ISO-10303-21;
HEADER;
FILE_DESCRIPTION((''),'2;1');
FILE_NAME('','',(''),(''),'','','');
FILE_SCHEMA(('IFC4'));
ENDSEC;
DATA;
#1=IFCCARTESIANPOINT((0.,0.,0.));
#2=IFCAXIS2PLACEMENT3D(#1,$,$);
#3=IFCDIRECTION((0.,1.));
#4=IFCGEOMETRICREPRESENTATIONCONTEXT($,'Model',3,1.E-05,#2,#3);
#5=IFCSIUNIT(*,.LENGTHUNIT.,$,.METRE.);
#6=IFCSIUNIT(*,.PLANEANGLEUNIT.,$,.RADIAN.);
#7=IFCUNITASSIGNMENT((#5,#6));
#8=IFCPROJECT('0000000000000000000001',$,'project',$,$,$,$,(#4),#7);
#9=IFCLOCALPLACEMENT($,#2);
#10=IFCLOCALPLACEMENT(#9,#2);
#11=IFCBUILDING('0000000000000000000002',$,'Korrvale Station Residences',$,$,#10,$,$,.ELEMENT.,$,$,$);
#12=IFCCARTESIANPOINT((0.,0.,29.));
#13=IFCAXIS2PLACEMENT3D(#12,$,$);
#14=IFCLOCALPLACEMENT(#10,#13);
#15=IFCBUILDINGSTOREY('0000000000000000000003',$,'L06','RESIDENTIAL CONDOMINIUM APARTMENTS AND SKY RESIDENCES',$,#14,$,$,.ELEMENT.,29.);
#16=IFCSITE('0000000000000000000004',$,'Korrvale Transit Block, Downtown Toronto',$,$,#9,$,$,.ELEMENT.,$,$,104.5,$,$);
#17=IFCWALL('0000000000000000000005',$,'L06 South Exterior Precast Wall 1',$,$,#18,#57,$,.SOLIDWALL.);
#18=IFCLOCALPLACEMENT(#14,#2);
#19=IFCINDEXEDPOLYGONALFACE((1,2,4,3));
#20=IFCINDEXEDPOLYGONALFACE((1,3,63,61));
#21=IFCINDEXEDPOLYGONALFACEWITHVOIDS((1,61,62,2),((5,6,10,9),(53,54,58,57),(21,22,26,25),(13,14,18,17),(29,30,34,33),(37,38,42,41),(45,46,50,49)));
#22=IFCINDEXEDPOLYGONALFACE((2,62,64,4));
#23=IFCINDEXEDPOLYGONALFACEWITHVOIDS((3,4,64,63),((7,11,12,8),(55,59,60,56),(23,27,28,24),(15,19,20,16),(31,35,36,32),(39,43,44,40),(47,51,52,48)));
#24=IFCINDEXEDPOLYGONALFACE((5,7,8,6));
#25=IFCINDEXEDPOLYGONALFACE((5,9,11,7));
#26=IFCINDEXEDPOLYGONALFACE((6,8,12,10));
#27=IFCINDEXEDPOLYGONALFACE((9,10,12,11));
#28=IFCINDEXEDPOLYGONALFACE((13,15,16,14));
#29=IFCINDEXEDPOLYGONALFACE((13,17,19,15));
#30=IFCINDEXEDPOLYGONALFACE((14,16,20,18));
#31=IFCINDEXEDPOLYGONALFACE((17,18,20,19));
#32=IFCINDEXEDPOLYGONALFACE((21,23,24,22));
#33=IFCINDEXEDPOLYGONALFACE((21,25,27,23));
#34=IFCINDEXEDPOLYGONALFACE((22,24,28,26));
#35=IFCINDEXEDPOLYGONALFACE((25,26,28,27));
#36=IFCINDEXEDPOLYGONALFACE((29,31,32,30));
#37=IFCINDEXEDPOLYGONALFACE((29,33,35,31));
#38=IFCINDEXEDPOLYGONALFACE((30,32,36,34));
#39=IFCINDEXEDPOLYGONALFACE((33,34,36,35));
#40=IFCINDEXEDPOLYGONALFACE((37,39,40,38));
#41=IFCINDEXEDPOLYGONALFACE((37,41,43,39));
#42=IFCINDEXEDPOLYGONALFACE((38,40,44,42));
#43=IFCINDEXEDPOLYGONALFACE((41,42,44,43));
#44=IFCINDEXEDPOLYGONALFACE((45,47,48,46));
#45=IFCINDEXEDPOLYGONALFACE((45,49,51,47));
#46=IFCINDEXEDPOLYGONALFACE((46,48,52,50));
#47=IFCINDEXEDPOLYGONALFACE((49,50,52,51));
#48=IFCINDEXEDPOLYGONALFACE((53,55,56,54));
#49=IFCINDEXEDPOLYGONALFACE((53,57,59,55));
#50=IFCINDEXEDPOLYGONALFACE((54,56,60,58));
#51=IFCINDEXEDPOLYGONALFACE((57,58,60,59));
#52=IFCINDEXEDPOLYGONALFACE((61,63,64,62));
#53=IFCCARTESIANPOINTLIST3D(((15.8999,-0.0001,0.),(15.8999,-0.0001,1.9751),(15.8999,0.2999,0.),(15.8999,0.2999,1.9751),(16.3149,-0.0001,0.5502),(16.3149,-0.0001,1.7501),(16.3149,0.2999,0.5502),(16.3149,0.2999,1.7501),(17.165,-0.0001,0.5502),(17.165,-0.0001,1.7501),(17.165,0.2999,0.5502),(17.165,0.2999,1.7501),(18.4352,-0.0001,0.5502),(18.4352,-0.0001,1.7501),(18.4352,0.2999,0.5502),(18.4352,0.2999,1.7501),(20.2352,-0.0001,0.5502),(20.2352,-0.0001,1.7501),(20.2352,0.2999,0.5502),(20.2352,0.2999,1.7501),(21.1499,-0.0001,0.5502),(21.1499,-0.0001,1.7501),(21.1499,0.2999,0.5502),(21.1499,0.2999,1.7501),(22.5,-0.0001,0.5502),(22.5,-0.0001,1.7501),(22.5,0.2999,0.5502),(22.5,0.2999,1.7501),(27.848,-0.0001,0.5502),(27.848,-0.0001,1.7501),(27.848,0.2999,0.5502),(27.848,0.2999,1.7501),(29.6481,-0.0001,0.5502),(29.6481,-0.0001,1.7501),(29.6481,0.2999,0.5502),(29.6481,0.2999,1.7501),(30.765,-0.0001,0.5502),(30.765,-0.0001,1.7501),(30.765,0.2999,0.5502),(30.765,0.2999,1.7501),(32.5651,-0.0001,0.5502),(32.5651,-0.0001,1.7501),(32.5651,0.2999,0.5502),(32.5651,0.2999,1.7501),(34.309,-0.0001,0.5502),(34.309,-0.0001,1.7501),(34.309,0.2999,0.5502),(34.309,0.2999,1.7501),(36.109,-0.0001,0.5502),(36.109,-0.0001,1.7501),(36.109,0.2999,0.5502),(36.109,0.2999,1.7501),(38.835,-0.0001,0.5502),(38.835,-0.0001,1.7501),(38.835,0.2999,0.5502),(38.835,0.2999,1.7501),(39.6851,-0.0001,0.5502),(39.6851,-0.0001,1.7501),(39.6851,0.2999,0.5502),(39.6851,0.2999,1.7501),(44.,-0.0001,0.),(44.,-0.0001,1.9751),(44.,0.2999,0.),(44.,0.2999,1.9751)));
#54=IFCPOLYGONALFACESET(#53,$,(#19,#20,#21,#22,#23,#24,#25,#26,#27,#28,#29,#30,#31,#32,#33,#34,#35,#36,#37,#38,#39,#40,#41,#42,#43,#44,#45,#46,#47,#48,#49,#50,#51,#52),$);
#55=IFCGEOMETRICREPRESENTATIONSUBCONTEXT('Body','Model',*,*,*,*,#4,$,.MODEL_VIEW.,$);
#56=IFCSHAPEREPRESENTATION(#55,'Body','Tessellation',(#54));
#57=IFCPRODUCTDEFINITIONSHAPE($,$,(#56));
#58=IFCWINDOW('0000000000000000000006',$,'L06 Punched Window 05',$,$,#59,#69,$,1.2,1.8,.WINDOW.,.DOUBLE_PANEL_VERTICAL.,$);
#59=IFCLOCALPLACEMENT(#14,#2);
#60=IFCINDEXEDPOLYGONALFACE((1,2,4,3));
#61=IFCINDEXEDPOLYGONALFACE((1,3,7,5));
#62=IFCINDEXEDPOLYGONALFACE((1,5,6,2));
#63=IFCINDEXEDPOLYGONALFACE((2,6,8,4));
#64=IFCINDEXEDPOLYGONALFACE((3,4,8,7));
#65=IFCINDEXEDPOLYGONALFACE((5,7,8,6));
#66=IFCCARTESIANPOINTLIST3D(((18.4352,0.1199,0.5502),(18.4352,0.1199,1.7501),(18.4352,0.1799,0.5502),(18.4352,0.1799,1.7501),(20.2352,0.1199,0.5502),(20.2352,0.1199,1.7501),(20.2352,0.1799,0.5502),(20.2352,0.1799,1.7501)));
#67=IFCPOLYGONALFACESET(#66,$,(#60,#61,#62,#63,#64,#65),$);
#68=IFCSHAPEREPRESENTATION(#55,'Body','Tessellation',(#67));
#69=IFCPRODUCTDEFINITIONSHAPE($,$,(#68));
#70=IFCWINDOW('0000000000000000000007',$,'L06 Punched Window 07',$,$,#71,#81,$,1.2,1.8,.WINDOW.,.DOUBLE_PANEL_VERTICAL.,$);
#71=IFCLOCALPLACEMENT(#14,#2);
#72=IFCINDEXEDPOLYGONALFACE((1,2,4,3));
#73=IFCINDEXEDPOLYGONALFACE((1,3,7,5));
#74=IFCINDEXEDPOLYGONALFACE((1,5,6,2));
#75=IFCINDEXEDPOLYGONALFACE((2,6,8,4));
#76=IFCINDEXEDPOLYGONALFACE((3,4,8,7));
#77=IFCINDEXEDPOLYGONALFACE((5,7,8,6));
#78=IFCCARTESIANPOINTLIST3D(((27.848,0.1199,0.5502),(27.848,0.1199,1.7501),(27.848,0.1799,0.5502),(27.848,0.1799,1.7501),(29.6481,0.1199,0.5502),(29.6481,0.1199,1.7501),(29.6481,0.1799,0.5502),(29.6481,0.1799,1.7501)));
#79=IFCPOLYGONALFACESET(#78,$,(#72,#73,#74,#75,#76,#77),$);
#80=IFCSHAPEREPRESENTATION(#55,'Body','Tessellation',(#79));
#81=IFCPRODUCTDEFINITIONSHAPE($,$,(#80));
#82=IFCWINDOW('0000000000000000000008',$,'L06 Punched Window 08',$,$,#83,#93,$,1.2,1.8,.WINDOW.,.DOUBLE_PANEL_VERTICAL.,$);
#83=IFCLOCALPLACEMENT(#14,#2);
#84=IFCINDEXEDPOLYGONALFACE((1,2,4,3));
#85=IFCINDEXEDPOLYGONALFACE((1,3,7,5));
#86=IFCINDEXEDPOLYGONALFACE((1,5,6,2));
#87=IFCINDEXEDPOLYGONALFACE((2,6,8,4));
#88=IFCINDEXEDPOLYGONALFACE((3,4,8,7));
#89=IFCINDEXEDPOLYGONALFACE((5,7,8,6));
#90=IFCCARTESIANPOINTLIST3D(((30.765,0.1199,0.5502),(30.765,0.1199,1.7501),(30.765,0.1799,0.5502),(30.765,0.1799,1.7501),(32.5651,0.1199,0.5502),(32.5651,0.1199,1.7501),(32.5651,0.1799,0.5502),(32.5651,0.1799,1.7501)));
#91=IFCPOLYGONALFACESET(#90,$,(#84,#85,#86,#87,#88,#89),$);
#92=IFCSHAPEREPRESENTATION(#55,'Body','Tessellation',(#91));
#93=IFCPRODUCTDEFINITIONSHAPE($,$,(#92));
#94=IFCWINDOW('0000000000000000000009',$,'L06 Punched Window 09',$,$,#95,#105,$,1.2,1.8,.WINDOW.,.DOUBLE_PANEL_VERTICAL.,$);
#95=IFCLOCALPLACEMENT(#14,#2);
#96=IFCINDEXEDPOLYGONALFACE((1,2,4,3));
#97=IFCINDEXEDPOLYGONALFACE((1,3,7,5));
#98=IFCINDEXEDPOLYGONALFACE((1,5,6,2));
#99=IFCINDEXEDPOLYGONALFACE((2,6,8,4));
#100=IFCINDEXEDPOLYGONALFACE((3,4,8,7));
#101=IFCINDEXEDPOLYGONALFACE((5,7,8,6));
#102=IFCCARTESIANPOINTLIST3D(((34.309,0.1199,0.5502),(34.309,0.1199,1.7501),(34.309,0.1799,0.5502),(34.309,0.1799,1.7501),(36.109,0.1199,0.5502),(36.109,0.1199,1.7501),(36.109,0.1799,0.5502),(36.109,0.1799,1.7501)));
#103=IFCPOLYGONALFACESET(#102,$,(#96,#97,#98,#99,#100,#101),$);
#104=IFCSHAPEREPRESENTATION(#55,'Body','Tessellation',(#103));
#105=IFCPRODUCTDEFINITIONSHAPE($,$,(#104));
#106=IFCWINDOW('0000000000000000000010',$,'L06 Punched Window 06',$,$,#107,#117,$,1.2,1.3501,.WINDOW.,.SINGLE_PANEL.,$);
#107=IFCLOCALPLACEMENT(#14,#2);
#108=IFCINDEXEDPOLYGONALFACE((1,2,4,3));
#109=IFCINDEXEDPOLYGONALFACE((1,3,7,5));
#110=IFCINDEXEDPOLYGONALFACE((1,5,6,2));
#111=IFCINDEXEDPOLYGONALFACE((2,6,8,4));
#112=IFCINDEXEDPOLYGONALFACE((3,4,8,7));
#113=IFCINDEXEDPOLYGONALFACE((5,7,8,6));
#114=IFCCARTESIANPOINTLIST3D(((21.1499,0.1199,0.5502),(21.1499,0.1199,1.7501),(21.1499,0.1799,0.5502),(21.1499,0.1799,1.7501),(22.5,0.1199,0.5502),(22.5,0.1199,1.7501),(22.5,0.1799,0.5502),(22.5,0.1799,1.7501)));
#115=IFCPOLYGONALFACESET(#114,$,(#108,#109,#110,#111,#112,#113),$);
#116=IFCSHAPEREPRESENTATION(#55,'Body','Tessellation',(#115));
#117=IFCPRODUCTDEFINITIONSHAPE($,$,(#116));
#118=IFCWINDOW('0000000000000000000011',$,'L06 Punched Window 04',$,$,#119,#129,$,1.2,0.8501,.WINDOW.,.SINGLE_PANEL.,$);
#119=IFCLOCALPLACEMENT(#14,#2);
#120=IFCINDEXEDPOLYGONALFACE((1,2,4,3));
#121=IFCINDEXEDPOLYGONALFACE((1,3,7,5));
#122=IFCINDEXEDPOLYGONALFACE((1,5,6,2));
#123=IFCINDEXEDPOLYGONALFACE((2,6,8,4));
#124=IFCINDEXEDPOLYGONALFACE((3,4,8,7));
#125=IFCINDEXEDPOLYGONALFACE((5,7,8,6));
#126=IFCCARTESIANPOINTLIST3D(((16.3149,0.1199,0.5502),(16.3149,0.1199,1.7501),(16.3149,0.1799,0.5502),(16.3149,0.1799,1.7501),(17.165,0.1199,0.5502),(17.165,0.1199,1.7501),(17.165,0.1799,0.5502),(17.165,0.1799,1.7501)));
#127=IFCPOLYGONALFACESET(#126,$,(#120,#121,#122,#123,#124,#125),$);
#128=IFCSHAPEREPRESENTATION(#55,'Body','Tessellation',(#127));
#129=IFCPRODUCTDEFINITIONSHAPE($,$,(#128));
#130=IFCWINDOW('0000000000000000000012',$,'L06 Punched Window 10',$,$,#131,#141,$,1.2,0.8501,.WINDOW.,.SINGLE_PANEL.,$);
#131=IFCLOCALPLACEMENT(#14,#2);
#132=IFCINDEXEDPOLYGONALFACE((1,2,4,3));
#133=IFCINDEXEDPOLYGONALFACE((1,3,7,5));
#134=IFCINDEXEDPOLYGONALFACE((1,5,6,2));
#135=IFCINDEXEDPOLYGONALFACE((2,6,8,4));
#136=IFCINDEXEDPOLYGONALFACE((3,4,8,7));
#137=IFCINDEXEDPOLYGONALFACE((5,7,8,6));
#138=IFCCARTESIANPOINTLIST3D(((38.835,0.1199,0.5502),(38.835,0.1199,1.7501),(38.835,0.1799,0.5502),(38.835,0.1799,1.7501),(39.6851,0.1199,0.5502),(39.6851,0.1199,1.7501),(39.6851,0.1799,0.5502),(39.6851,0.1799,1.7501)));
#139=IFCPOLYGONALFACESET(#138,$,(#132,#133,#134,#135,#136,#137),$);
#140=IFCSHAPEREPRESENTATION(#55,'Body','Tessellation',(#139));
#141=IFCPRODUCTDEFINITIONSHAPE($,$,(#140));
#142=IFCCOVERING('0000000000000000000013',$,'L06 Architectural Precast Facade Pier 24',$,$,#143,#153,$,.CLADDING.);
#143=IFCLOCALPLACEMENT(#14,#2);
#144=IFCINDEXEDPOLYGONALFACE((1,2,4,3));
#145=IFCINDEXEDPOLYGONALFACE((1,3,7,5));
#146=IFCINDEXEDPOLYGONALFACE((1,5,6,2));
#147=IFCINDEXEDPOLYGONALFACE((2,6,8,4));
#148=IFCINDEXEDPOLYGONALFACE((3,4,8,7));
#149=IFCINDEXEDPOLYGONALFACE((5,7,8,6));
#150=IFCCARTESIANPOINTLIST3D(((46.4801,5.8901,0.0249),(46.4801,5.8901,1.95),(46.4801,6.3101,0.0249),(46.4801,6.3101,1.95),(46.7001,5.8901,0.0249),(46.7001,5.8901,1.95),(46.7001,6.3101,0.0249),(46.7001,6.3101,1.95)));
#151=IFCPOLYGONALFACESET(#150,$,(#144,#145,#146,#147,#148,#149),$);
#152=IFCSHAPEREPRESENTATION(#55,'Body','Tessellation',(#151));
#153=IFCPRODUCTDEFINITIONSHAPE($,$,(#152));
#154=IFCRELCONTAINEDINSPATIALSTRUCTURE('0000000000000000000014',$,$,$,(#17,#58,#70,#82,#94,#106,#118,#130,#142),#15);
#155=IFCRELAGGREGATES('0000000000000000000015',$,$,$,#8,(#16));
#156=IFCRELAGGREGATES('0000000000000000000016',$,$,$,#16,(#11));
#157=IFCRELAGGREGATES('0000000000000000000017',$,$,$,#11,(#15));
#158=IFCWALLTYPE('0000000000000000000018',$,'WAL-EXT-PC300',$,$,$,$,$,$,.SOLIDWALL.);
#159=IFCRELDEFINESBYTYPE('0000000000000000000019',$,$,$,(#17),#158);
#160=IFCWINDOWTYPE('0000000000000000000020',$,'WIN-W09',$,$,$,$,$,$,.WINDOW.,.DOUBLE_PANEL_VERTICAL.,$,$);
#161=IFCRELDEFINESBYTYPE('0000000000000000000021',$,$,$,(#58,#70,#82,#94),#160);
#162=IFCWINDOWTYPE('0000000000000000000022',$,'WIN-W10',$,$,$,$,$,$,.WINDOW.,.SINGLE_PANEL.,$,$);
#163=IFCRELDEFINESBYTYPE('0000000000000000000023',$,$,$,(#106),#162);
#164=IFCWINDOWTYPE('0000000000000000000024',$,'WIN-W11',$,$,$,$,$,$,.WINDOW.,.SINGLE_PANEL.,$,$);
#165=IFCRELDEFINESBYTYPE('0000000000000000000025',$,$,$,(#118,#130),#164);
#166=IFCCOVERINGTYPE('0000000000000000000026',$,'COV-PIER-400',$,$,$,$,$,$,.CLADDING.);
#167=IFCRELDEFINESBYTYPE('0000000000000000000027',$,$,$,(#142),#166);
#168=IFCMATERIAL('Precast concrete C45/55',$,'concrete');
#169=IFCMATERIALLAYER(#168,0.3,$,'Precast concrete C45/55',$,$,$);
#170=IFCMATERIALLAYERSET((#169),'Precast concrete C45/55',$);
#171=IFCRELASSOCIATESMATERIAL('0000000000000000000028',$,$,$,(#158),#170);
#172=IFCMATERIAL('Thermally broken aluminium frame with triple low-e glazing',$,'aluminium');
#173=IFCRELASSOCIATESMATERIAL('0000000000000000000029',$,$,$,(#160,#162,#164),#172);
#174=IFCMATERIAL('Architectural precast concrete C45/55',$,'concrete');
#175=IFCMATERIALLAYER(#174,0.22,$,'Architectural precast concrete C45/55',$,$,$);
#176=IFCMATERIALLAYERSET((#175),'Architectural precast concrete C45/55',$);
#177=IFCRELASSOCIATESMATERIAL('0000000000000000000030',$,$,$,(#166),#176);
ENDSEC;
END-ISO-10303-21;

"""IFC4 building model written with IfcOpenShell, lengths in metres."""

from ifc_helpers import new_model, si_unit, direction, frame, frame_2d, origin, origin_2d, place, context, subcontext, project, spatial, rectangle, extrude, material, layer, layer_set, type_object, element, fill, save


model = new_model("IFC4")

# Units and contexts
model_context = context("Model", 3, precision=1e-05, world=origin(), true_north=direction((0.0, 1.0)))
body_context = subcontext(model_context, "Body", "Model", "MODEL_VIEW")
ifc_project = project(units=[si_unit("LENGTHUNIT", "METRE"), si_unit("PLANEANGLEUNIT", "RADIAN")], contexts=[model_context])

# Site, building, storey
site_placement = place(None, origin())
site = spatial("IfcSite", under=ifc_project, at=site_placement, Name="Korrvale Transit Block, Downtown Toronto", CompositionType="ELEMENT", RefElevation=104.5)
building_placement = place(site_placement, origin())
building = spatial("IfcBuilding", under=site, at=building_placement, Name="Korrvale Station Residences", CompositionType="ELEMENT")
storey_placement = place(building_placement, frame((0.0, 0.0, 29.0)))
storey = spatial("IfcBuildingStorey", under=building, at=storey_placement, Name="L06", Description="RESIDENTIAL CONDOMINIUM APARTMENTS AND SKY RESIDENCES", CompositionType="ELEMENT", Elevation=29.0)

# Shared definitions
ifc_material_1 = material(Name="Precast concrete C45/55", Category="concrete")

# Wall, openings, windows
ifc_layer_1 = layer(ifc_material_1, 0.3, Name="Precast concrete C45/55")
ifc_layer_set_1 = layer_set([ifc_layer_1], Name="Precast concrete C45/55")
wall_type_1 = type_object("IfcWallType", Name="WAL-EXT-PC300", PredefinedType="SOLIDWALL", material=ifc_layer_set_1)
wall_1_placement = place(storey_placement, frame((44.0, 0.1499, 0.0), z_axis=(0.0, 0.0, 1.0), x_axis=(-1.0, 0.0, 0.0)))
wall_1 = element("IfcWall", 1, at=wall_1_placement, inside=storey, type_object=wall_type_1, Name="L06 South Exterior Precast Wall 1", PredefinedType="SOLIDWALL", context=body_context, shape_type="SweptSolid", body=[
    extrude(rectangle(XDim=28.1001, YDim=0.3, at=frame_2d((14.05, 0.0))), origin(), (0.0, 0.0, 1.0), 1.9751),
])
opening_1_placement = place(wall_1_placement, frame((26.835, 0.0, 0.55)))
opening_1 = element("IfcOpeningElement", 2, at=opening_1_placement, cuts=wall_1, PredefinedType="OPENING", context=body_context, shape_type="SweptSolid", body=[
    extrude(rectangle(XDim=0.8501, YDim=1.2, at=frame_2d((0.425, 0.6001))), frame((0.0, 0.1602, 0.0), z_axis=(0.0, -1.0, 0.0), x_axis=(1.0, 0.0, 0.0)), (0.0, 0.0, 1.0), 0.3201),
])
opening_2_placement = place(wall_1_placement, frame((23.7649, 0.0, 0.55)))
opening_2 = element("IfcOpeningElement", 3, at=opening_2_placement, cuts=wall_1, PredefinedType="OPENING", context=body_context, shape_type="SweptSolid", body=[
    extrude(rectangle(XDim=1.8, YDim=1.2, at=frame_2d((0.8999, 0.6001))), frame((0.0, 0.1602, 0.0), z_axis=(0.0, -1.0, 0.0), x_axis=(1.0, 0.0, 0.0)), (0.0, 0.0, 1.0), 0.3201),
])
opening_3_placement = place(wall_1_placement, frame((21.5, 0.0, 0.55)))
opening_3 = element("IfcOpeningElement", 4, at=opening_3_placement, cuts=wall_1, PredefinedType="OPENING", context=body_context, shape_type="SweptSolid", body=[
    extrude(rectangle(XDim=1.3501, YDim=1.2, at=frame_2d((0.675, 0.6001))), frame((0.0, 0.1602, 0.0), z_axis=(0.0, -1.0, 0.0), x_axis=(1.0, 0.0, 0.0)), (0.0, 0.0, 1.0), 0.3201),
])
opening_4_placement = place(wall_1_placement, frame((14.3521, 0.0, 0.55)))
opening_4 = element("IfcOpeningElement", 5, at=opening_4_placement, cuts=wall_1, PredefinedType="OPENING", context=body_context, shape_type="SweptSolid", body=[
    extrude(rectangle(XDim=1.8, YDim=1.2, at=frame_2d((0.8999, 0.6001))), frame((0.0, 0.1602, 0.0), z_axis=(0.0, -1.0, 0.0), x_axis=(1.0, 0.0, 0.0)), (0.0, 0.0, 1.0), 0.3201),
])
opening_5_placement = place(wall_1_placement, frame((11.4351, 0.0, 0.55)))
opening_5 = element("IfcOpeningElement", 6, at=opening_5_placement, cuts=wall_1, PredefinedType="OPENING", context=body_context, shape_type="SweptSolid", body=[
    extrude(rectangle(XDim=1.8, YDim=1.2, at=frame_2d((0.8999, 0.6001))), frame((0.0, 0.1602, 0.0), z_axis=(0.0, -1.0, 0.0), x_axis=(1.0, 0.0, 0.0)), (0.0, 0.0, 1.0), 0.3201),
])
opening_6_placement = place(wall_1_placement, frame((7.8911, 0.0, 0.55)))
opening_6 = element("IfcOpeningElement", 7, at=opening_6_placement, cuts=wall_1, PredefinedType="OPENING", context=body_context, shape_type="SweptSolid", body=[
    extrude(rectangle(XDim=1.8, YDim=1.2, at=frame_2d((0.8999, 0.6001))), frame((0.0, 0.1602, 0.0), z_axis=(0.0, -1.0, 0.0), x_axis=(1.0, 0.0, 0.0)), (0.0, 0.0, 1.0), 0.3201),
])
opening_7_placement = place(wall_1_placement, frame((4.3149, 0.0, 0.55)))
opening_7 = element("IfcOpeningElement", 8, at=opening_7_placement, cuts=wall_1, PredefinedType="OPENING", context=body_context, shape_type="SweptSolid", body=[
    extrude(rectangle(XDim=0.8501, YDim=1.2, at=frame_2d((0.425, 0.6001))), frame((0.0, 0.1602, 0.0), z_axis=(0.0, -1.0, 0.0), x_axis=(1.0, 0.0, 0.0)), (0.0, 0.0, 1.0), 0.3201),
])
ifc_material_2 = material(Name="Thermally broken aluminium frame with triple low-e glazing", Category="aluminium")
window_type_1 = type_object("IfcWindowType", Name="WIN-W09", PartitioningType="DOUBLE_PANEL_VERTICAL", PredefinedType="WINDOW", material=ifc_material_2)
window_1_placement = place(opening_2_placement, origin())
window_1 = element("IfcWindow", 9, at=window_1_placement, inside=storey, type_object=window_type_1, Name="L06 Punched Window 05", OverallHeight=1.2, OverallWidth=1.8, PartitioningType="DOUBLE_PANEL_VERTICAL", PredefinedType="WINDOW", context=body_context, shape_type="SweptSolid", body=[
    extrude(rectangle(XDim=1.8, YDim=1.2, at=frame_2d((0.8999, 0.6001))), frame((0.0, 0.03, 0.0), z_axis=(0.0, -1.0, 0.0), x_axis=(1.0, 0.0, 0.0)), (0.0, 0.0, 1.0), 0.0601),
])
fill(opening_2, window_1)
window_2_placement = place(opening_4_placement, origin())
window_2 = element("IfcWindow", 10, at=window_2_placement, inside=storey, type_object=window_type_1, Name="L06 Punched Window 07", OverallHeight=1.2, OverallWidth=1.8, PartitioningType="DOUBLE_PANEL_VERTICAL", PredefinedType="WINDOW", context=body_context, shape_type="SweptSolid", body=[
    extrude(rectangle(XDim=1.8, YDim=1.2, at=frame_2d((0.8999, 0.6001))), frame((0.0, 0.03, 0.0), z_axis=(0.0, -1.0, 0.0), x_axis=(1.0, 0.0, 0.0)), (0.0, 0.0, 1.0), 0.0601),
])
fill(opening_4, window_2)
window_3_placement = place(opening_5_placement, origin())
window_3 = element("IfcWindow", 11, at=window_3_placement, inside=storey, type_object=window_type_1, Name="L06 Punched Window 08", OverallHeight=1.2, OverallWidth=1.8, PartitioningType="DOUBLE_PANEL_VERTICAL", PredefinedType="WINDOW", context=body_context, shape_type="SweptSolid", body=[
    extrude(rectangle(XDim=1.8, YDim=1.2, at=frame_2d((0.8999, 0.6001))), frame((0.0, 0.03, 0.0), z_axis=(0.0, -1.0, 0.0), x_axis=(1.0, 0.0, 0.0)), (0.0, 0.0, 1.0), 0.0601),
])
fill(opening_5, window_3)
window_4_placement = place(opening_6_placement, origin())
window_4 = element("IfcWindow", 12, at=window_4_placement, inside=storey, type_object=window_type_1, Name="L06 Punched Window 09", OverallHeight=1.2, OverallWidth=1.8, PartitioningType="DOUBLE_PANEL_VERTICAL", PredefinedType="WINDOW", context=body_context, shape_type="SweptSolid", body=[
    extrude(rectangle(XDim=1.8, YDim=1.2, at=frame_2d((0.8999, 0.6001))), frame((0.0, 0.03, 0.0), z_axis=(0.0, -1.0, 0.0), x_axis=(1.0, 0.0, 0.0)), (0.0, 0.0, 1.0), 0.0601),
])
fill(opening_6, window_4)
window_type_2 = type_object("IfcWindowType", Name="WIN-W10", PartitioningType="SINGLE_PANEL", PredefinedType="WINDOW", material=ifc_material_2)
window_5_placement = place(opening_3_placement, origin())
window_5 = element("IfcWindow", 13, at=window_5_placement, inside=storey, type_object=window_type_2, Name="L06 Punched Window 06", OverallHeight=1.2, OverallWidth=1.3501, PartitioningType="SINGLE_PANEL", PredefinedType="WINDOW", context=body_context, shape_type="SweptSolid", body=[
    extrude(rectangle(XDim=1.3501, YDim=1.2, at=frame_2d((0.675, 0.6001))), frame((0.0, 0.03, 0.0), z_axis=(0.0, -1.0, 0.0), x_axis=(1.0, 0.0, 0.0)), (0.0, 0.0, 1.0), 0.0601),
])
fill(opening_3, window_5)
window_type_3 = type_object("IfcWindowType", Name="WIN-W11", PartitioningType="SINGLE_PANEL", PredefinedType="WINDOW", material=ifc_material_2)
window_6_placement = place(opening_1_placement, origin())
window_6 = element("IfcWindow", 14, at=window_6_placement, inside=storey, type_object=window_type_3, Name="L06 Punched Window 04", OverallHeight=1.2, OverallWidth=0.8501, PartitioningType="SINGLE_PANEL", PredefinedType="WINDOW", context=body_context, shape_type="SweptSolid", body=[
    extrude(rectangle(XDim=0.8501, YDim=1.2, at=frame_2d((0.425, 0.6001))), frame((0.0, 0.03, 0.0), z_axis=(0.0, -1.0, 0.0), x_axis=(1.0, 0.0, 0.0)), (0.0, 0.0, 1.0), 0.0601),
])
fill(opening_1, window_6)
window_7_placement = place(opening_7_placement, origin())
window_7 = element("IfcWindow", 15, at=window_7_placement, inside=storey, type_object=window_type_3, Name="L06 Punched Window 10", OverallHeight=1.2, OverallWidth=0.8501, PartitioningType="SINGLE_PANEL", PredefinedType="WINDOW", context=body_context, shape_type="SweptSolid", body=[
    extrude(rectangle(XDim=0.8501, YDim=1.2, at=frame_2d((0.425, 0.6001))), frame((0.0, 0.03, 0.0), z_axis=(0.0, -1.0, 0.0), x_axis=(1.0, 0.0, 0.0)), (0.0, 0.0, 1.0), 0.0601),
])
fill(opening_7, window_7)

# Covering
ifc_material_3 = material(Name="Architectural precast concrete C45/55", Category="concrete")
ifc_layer_2 = layer(ifc_material_3, 0.22, Name="Architectural precast concrete C45/55")
ifc_layer_set_2 = layer_set([ifc_layer_2], Name="Architectural precast concrete C45/55")
covering_type = type_object("IfcCoveringType", Name="COV-PIER-400", PredefinedType="CLADDING", material=ifc_layer_set_2)
covering_placement = place(storey_placement, frame((46.5901, 6.1001, 0.0249), z_axis=(0.0, 0.0, 1.0), x_axis=(0.0, 1.0, 0.0)))
element("IfcCovering", 16, at=covering_placement, inside=storey, type_object=covering_type, Name="L06 Architectural Precast Facade Pier 24", PredefinedType="CLADDING", context=body_context, shape_type="SweptSolid", body=[
    extrude(rectangle(XDim=0.4199, YDim=0.22, at=origin_2d()), origin(), (0.0, 0.0, 1.0), 1.925),
])

save(model, "model.ifc")
